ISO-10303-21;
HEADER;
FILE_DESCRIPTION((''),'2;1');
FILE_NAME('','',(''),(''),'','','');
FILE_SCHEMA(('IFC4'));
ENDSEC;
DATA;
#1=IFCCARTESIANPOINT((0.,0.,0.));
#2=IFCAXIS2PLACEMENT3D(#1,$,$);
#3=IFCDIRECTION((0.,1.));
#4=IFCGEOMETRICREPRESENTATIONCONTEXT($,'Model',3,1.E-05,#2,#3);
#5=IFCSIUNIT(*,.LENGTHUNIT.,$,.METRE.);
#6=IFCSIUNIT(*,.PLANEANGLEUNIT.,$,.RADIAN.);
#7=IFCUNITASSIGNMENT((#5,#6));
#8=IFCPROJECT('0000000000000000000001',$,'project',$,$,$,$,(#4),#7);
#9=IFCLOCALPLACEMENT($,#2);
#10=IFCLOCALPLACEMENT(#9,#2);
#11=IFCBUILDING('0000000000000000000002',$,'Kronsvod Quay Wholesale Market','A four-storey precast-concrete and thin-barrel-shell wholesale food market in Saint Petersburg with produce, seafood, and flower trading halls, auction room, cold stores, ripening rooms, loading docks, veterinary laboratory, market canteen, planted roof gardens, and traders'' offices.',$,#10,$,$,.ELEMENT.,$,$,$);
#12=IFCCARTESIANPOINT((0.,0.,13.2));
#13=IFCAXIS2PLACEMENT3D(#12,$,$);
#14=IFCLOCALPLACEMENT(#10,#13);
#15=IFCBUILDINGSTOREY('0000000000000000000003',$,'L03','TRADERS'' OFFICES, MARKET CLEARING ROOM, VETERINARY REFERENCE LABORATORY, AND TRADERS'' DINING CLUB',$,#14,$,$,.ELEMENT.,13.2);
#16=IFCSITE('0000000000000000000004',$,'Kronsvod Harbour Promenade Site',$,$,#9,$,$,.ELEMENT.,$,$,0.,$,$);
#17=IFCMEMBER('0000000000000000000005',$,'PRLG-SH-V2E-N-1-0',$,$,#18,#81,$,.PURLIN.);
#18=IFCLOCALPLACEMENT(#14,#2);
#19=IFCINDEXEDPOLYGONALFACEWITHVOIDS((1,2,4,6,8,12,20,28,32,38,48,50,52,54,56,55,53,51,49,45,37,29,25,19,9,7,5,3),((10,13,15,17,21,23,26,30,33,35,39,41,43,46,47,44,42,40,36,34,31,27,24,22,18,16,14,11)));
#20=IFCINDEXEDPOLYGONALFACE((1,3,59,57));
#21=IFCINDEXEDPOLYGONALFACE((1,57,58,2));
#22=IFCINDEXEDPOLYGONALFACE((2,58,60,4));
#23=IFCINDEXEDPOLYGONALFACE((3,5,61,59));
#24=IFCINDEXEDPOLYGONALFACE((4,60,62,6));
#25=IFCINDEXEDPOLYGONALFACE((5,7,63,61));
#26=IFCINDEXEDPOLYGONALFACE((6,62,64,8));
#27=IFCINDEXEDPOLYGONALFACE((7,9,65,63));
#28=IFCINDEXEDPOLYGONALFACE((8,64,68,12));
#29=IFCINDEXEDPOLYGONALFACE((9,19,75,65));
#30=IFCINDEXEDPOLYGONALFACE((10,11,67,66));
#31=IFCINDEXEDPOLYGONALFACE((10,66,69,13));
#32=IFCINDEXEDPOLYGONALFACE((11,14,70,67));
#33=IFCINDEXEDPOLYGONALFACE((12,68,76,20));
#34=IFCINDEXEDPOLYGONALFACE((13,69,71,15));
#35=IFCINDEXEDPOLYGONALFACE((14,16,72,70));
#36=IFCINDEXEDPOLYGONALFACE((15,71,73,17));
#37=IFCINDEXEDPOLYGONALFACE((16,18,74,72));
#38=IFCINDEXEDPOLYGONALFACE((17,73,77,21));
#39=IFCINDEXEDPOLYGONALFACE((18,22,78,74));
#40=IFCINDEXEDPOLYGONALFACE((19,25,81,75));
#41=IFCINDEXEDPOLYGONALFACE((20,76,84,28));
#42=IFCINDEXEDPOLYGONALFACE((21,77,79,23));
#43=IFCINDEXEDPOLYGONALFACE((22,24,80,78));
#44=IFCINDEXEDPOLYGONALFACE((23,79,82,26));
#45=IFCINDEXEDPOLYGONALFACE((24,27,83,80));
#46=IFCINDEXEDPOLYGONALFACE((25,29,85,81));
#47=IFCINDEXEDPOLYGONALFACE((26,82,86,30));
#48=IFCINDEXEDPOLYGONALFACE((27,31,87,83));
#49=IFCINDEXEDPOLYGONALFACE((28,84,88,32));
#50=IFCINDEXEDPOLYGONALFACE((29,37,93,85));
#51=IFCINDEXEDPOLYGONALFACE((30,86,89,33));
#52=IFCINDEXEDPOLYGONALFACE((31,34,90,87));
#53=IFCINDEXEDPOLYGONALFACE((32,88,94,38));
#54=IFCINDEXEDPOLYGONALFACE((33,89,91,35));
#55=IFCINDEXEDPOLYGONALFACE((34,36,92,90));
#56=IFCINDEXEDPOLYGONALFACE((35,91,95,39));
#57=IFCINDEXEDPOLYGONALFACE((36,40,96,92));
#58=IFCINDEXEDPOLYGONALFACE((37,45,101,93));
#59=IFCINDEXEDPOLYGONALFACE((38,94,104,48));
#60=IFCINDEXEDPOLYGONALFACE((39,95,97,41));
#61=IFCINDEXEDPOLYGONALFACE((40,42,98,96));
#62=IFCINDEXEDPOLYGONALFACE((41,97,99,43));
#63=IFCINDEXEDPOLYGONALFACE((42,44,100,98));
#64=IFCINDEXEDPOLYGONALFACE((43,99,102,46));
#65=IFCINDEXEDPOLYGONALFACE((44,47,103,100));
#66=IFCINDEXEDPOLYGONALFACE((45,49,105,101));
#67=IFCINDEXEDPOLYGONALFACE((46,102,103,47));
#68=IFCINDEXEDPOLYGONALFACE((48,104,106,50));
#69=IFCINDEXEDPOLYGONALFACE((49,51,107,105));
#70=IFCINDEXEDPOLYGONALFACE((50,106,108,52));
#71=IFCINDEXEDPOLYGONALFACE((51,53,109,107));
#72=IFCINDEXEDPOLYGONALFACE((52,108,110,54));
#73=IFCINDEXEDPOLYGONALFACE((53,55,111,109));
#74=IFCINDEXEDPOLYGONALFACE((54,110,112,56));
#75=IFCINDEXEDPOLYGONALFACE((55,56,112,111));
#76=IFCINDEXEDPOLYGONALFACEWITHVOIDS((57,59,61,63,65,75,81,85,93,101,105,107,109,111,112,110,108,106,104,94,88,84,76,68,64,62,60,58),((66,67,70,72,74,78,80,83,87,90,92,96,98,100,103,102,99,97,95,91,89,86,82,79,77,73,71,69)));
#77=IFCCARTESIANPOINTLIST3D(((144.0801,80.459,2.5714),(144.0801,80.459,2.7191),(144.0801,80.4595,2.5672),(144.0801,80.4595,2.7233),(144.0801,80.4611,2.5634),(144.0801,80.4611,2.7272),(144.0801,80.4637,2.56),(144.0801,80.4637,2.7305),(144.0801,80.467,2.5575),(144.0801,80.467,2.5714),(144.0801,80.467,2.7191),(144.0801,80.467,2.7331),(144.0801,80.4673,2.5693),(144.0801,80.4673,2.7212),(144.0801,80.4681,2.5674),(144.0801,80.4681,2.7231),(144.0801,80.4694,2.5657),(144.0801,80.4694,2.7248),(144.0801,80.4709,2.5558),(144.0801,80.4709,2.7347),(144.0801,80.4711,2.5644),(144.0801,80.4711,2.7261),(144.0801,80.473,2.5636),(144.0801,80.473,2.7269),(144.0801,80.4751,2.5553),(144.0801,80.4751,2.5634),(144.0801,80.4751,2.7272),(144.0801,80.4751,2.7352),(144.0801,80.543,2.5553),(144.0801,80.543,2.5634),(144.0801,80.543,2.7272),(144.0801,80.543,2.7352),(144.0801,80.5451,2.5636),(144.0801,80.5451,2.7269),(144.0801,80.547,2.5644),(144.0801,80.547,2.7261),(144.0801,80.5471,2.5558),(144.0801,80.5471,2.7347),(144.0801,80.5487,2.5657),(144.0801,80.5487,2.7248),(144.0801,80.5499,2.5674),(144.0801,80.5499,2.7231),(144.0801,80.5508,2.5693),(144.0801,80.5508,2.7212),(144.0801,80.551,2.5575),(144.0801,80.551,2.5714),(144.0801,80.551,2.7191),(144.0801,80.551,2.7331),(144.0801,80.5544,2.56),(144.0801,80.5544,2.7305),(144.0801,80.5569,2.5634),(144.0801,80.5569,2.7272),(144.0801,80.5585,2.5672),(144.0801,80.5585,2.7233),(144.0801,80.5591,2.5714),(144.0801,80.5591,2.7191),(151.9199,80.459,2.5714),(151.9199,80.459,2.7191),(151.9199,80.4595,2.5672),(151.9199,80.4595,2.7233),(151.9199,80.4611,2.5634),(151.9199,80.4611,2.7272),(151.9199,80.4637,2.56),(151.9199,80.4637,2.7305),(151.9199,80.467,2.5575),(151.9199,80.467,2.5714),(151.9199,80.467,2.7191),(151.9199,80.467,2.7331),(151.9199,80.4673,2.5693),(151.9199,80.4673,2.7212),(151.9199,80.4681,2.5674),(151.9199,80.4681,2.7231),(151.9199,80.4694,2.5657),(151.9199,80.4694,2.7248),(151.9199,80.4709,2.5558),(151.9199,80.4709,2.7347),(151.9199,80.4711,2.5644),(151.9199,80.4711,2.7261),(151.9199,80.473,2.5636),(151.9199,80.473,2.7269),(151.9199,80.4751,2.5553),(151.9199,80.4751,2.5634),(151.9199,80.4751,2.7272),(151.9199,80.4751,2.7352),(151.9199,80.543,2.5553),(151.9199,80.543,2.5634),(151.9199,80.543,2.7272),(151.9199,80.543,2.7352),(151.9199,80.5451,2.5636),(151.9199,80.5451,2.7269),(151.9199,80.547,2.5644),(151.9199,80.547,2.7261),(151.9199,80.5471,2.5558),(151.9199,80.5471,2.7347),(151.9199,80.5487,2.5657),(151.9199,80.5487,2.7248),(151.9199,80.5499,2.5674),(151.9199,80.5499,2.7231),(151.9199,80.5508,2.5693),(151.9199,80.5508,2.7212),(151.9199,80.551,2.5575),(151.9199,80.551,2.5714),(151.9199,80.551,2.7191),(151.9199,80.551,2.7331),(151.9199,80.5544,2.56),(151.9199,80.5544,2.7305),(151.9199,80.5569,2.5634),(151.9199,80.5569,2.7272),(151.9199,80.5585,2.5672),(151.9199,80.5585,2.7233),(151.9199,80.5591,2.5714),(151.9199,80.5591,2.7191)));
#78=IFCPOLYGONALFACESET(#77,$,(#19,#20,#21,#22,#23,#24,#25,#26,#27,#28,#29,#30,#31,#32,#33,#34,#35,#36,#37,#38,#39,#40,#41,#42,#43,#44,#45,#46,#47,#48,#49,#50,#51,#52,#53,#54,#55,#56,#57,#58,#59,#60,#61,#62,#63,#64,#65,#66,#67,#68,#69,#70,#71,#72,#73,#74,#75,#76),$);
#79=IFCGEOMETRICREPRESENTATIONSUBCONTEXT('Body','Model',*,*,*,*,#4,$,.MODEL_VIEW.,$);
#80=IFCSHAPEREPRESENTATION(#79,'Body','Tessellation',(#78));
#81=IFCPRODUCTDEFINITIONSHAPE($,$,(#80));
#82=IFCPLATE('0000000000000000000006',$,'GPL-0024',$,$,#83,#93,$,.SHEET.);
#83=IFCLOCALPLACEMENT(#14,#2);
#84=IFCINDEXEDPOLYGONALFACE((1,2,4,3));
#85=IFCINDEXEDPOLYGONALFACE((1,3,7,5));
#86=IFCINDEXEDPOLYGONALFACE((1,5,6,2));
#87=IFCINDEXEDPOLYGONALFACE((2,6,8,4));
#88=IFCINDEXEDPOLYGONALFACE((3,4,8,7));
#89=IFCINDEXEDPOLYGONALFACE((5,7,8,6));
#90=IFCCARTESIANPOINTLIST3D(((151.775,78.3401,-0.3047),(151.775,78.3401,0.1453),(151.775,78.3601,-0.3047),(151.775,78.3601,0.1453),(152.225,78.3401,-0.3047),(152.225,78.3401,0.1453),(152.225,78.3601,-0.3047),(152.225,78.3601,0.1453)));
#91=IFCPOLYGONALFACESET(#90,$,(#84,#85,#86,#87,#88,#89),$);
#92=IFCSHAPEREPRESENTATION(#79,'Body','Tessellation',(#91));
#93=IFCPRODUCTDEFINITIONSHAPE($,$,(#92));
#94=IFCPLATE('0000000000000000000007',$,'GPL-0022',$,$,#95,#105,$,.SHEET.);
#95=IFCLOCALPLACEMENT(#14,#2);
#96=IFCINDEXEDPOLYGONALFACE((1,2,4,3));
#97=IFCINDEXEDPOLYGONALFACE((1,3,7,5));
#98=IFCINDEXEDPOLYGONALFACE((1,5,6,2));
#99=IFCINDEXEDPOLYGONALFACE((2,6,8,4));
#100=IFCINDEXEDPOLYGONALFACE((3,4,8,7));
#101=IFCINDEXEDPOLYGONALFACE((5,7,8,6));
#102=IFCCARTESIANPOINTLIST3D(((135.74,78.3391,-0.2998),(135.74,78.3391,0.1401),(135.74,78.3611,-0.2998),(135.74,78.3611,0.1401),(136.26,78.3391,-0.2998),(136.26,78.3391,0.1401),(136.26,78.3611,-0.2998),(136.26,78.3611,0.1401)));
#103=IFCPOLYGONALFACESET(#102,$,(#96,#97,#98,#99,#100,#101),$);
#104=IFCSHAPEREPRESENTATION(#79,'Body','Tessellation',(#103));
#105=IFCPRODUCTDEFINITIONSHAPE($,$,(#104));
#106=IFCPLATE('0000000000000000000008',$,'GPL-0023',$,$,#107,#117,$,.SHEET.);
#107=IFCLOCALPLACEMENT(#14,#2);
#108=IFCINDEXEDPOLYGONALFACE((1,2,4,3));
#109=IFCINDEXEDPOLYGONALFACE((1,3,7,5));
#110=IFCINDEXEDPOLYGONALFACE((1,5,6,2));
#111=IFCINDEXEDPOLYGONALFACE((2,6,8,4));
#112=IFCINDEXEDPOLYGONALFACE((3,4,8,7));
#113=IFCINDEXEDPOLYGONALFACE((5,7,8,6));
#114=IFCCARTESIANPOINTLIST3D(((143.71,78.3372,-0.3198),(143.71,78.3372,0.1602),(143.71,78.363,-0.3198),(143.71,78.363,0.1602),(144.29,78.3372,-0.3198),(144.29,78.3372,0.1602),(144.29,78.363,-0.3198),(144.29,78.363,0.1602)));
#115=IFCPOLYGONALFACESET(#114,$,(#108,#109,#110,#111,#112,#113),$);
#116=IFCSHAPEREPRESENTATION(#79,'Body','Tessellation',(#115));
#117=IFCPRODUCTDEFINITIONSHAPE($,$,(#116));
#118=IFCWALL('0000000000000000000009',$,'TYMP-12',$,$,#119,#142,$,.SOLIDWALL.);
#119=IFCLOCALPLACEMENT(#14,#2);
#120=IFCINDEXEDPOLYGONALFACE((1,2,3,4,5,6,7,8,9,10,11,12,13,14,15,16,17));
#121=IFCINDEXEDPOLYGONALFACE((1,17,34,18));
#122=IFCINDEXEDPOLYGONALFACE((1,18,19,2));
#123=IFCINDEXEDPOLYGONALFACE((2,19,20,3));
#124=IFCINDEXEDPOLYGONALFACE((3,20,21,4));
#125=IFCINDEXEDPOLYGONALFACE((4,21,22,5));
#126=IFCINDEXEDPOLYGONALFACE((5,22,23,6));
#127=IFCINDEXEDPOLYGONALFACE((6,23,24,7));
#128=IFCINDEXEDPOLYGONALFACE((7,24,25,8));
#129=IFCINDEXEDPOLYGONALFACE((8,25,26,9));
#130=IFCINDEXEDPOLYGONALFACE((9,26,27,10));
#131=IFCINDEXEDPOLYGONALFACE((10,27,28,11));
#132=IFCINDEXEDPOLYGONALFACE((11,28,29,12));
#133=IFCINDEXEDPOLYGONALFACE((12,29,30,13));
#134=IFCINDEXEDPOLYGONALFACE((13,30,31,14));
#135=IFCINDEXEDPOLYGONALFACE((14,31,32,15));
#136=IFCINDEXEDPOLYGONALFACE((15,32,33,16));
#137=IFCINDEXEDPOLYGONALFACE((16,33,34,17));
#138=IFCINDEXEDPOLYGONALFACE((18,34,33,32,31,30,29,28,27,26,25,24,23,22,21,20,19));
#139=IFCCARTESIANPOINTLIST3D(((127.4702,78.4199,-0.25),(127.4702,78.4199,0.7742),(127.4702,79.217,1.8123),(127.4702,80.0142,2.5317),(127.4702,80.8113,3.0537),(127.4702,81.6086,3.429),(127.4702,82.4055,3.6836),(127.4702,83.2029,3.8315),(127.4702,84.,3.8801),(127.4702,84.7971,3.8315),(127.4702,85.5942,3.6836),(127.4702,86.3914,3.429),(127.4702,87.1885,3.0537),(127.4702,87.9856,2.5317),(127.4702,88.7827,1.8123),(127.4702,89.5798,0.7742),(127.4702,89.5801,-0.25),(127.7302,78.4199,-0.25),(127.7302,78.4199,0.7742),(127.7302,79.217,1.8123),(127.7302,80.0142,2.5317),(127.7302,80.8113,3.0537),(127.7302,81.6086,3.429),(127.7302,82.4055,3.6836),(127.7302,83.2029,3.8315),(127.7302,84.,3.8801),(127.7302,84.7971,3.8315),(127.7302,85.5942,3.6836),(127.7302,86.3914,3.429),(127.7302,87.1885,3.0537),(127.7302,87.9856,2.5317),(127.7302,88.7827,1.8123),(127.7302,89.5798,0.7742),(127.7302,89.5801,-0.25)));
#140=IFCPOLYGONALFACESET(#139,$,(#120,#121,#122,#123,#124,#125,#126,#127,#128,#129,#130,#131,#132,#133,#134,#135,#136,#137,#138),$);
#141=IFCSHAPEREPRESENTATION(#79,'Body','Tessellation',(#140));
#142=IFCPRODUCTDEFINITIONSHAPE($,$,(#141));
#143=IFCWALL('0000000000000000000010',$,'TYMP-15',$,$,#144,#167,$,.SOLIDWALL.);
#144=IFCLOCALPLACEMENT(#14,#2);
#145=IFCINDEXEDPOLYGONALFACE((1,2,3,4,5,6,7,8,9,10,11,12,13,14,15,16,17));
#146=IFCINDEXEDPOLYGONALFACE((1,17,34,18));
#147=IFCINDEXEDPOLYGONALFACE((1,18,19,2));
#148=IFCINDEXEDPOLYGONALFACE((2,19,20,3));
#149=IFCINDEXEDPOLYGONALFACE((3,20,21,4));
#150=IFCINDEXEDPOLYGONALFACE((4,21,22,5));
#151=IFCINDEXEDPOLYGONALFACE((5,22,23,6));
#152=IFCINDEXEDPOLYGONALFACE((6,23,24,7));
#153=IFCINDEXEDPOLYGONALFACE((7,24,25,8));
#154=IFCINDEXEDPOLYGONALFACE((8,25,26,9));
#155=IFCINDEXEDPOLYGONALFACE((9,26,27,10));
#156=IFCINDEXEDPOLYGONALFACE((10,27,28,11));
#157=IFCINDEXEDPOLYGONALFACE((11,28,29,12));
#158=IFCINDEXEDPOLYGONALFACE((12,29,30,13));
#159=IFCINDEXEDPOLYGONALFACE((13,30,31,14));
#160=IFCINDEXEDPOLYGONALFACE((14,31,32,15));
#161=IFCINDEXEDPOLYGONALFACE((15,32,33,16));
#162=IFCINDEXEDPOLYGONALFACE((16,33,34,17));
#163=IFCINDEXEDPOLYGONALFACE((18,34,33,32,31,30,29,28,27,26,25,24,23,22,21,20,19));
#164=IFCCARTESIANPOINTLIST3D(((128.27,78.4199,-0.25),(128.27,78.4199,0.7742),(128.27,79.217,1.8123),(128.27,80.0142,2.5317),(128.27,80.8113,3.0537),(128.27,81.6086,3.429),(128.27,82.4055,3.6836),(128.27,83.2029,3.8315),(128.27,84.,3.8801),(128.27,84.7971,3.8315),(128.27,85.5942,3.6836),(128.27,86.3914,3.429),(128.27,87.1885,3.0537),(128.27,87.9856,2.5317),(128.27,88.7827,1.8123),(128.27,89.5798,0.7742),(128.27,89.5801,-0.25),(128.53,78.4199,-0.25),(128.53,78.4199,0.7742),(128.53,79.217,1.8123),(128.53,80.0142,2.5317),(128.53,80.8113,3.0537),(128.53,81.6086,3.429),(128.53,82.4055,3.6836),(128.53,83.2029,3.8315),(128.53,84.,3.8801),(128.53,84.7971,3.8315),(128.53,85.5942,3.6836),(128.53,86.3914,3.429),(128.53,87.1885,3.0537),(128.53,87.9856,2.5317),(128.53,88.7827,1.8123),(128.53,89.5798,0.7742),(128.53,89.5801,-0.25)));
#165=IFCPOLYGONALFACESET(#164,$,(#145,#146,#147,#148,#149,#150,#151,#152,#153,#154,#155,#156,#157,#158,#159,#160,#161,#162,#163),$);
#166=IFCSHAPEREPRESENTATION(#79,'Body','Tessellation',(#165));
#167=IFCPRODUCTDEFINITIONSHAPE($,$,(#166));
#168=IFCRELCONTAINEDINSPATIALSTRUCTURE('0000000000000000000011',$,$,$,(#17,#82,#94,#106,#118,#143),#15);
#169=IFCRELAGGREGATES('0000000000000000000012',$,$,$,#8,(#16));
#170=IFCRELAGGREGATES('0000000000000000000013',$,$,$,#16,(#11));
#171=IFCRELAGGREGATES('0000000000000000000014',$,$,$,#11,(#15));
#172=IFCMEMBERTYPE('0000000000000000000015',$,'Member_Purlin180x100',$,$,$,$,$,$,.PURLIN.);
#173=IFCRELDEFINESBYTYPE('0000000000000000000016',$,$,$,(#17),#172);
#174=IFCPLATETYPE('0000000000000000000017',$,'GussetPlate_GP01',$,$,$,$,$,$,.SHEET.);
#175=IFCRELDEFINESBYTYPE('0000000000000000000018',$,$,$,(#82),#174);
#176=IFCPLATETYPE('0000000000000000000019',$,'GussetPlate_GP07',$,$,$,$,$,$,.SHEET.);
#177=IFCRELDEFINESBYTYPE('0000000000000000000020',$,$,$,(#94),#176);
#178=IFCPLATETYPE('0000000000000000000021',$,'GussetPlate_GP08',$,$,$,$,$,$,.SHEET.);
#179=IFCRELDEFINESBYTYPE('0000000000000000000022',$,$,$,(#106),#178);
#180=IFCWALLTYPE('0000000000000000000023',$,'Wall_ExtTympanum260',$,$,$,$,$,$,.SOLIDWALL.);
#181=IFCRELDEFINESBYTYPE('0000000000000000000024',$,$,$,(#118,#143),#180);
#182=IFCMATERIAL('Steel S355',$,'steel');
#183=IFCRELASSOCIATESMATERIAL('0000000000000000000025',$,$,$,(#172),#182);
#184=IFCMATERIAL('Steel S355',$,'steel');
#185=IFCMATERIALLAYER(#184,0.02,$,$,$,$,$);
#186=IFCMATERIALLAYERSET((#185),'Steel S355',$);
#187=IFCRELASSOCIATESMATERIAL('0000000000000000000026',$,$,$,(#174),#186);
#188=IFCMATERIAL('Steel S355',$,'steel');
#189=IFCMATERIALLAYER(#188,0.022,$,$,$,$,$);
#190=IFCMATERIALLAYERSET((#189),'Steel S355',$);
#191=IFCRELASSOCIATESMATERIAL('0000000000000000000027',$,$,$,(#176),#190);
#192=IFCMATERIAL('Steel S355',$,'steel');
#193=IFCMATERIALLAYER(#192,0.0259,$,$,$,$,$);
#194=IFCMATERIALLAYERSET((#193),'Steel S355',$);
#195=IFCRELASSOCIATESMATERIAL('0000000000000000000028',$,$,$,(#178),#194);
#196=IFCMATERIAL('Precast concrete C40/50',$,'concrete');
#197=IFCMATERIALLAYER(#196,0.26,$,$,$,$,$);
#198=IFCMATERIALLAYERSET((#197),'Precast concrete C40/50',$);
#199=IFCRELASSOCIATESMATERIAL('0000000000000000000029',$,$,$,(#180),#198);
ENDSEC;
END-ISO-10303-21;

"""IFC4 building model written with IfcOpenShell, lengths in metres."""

from ifc_helpers import new_model, si_unit, direction, frame, origin, origin_2d, place, context, subcontext, project, spatial, polyline, rectangle, hollow_rectangle, outline, extrude, material, layer, layer_set, material_profile, profile_set, type_object, element, save


model = new_model("IFC4")

# Units and contexts
model_context = context("Model", 3, precision=1e-05, world=origin(), true_north=direction((0.0, 1.0)))
body_context = subcontext(model_context, "Body", "Model", "MODEL_VIEW")
ifc_project = project(units=[si_unit("LENGTHUNIT", "METRE"), si_unit("PLANEANGLEUNIT", "RADIAN")], contexts=[model_context])

# Site, building, storey
site_placement = place(None, origin())
site = spatial("IfcSite", under=ifc_project, at=site_placement, Name="Kronsvod Harbour Promenade Site", CompositionType="ELEMENT", RefElevation=0.0)
building_placement = place(site_placement, origin())
building = spatial("IfcBuilding", under=site, at=building_placement, Name="Kronsvod Quay Wholesale Market", Description="A four-storey precast-concrete and thin-barrel-shell wholesale food market in Saint Petersburg with produce, seafood, and flower trading halls, auction room, cold stores, ripening rooms, loading docks, veterinary laboratory, market canteen, planted roof gardens, and traders' offices.", CompositionType="ELEMENT")
storey_placement = place(building_placement, frame((0.0, 0.0, 13.2)))
storey = spatial("IfcBuildingStorey", under=building, at=storey_placement, Name="L03", Description="TRADERS' OFFICES, MARKET CLEARING ROOM, VETERINARY REFERENCE LABORATORY, AND TRADERS' DINING CLUB", CompositionType="ELEMENT", Elevation=13.2)

# Member
ifc_material_1 = material(Name="Steel S355", Category="steel")
ifc_material_profile_1 = material_profile(ifc_material_1, hollow_rectangle(XDim=0.1001, YDim=0.1799, WallThickness=0.0081, InnerFilletRadius=0.0081, OuterFilletRadius=0.0161, at=origin_2d()), Name="RHS180x100x8")
ifc_profile_set_1 = profile_set([ifc_material_profile_1], Name="Steel S355")
member_type_1 = type_object("IfcMemberType", Name="Member_Purlin180x100", PredefinedType="PURLIN", material=ifc_profile_set_1)
for number, where, z_axis, x_axis, name in (
    (1, (144.0801, 80.509, 2.6453), (1.0, 0.0, 0.0), (0.0, 1.0, 0.0), "PRLG-SH-V2E-N-1-0"),
):
    element("IfcMember", number, at=place(storey_placement, frame(where, z_axis=z_axis, x_axis=x_axis)), inside=storey, type_object=member_type_1, Name=name, PredefinedType="PURLIN", context=body_context, shape_type="SweptSolid", body=[
        extrude(hollow_rectangle(XDim=0.1001, YDim=0.1799, WallThickness=0.0081, InnerFilletRadius=0.0081, OuterFilletRadius=0.0161, at=origin_2d()), origin(), (0.0, 0.0, 1.0), 7.8398),
    ])

# Plates
ifc_material_2 = material(Name="Steel S355", Category="steel")
ifc_layer_1 = layer(ifc_material_2, 0.02)
ifc_layer_set_1 = layer_set([ifc_layer_1], Name="Steel S355")
plate_type_1 = type_object("IfcPlateType", Name="GussetPlate_GP01", PredefinedType="SHEET", material=ifc_layer_set_1)
plate_1_placement = place(storey_placement, frame((152.0, 78.3501, -0.3047), z_axis=(0.0, 0.0, 1.0), x_axis=(1.0, 0.0, 0.0)))
element("IfcPlate", 2, at=plate_1_placement, inside=storey, type_object=plate_type_1, Name="GPL-0024", PredefinedType="SHEET", context=body_context, shape_type="SweptSolid", body=[
    extrude(rectangle(XDim=0.45, YDim=0.02, at=origin_2d()), origin(), (0.0, 0.0, 1.0), 0.45),
])
ifc_material_3 = material(Name="Steel S355", Category="steel")
ifc_layer_2 = layer(ifc_material_3, 0.022)
ifc_layer_set_2 = layer_set([ifc_layer_2], Name="Steel S355")
plate_type_2 = type_object("IfcPlateType", Name="GussetPlate_GP07", PredefinedType="SHEET", material=ifc_layer_set_2)
plate_2_placement = place(storey_placement, frame((136.0, 78.3501, -0.2998), z_axis=(0.0, 0.0, 1.0), x_axis=(1.0, 0.0, 0.0)))
element("IfcPlate", 3, at=plate_2_placement, inside=storey, type_object=plate_type_2, Name="GPL-0022", PredefinedType="SHEET", context=body_context, shape_type="SweptSolid", body=[
    extrude(rectangle(XDim=0.52, YDim=0.022, at=origin_2d()), origin(), (0.0, 0.0, 1.0), 0.4399),
])
ifc_material_4 = material(Name="Steel S355", Category="steel")
ifc_layer_3 = layer(ifc_material_4, 0.0259)
ifc_layer_set_3 = layer_set([ifc_layer_3], Name="Steel S355")
plate_type_3 = type_object("IfcPlateType", Name="GussetPlate_GP08", PredefinedType="SHEET", material=ifc_layer_set_3)
plate_3_placement = place(storey_placement, frame((144.0, 78.3501, -0.3198), z_axis=(0.0, 0.0, 1.0), x_axis=(1.0, 0.0, 0.0)))
element("IfcPlate", 4, at=plate_3_placement, inside=storey, type_object=plate_type_3, Name="GPL-0023", PredefinedType="SHEET", context=body_context, shape_type="SweptSolid", body=[
    extrude(rectangle(XDim=0.5801, YDim=0.0259, at=origin_2d()), origin(), (0.0, 0.0, 1.0), 0.48),
])

# Walls
ifc_material_5 = material(Name="Precast concrete C40/50", Category="concrete")
ifc_layer_4 = layer(ifc_material_5, 0.26)
ifc_layer_set_4 = layer_set([ifc_layer_4], Name="Precast concrete C40/50")
wall_type = type_object("IfcWallType", Name="Wall_ExtTympanum260", PredefinedType="SOLIDWALL", material=ifc_layer_set_4)
for number, where, z_axis, x_axis, name in (
    (5, (127.6001, 78.4199, -0.25), (0.0, 0.0, 1.0), (0.0, 1.0, 0.0), "TYMP-12"),
    (6, (128.3999, 78.4199, -0.25), (0.0, 0.0, 1.0), (0.0, 1.0, 0.0), "TYMP-15"),
):
    element("IfcWall", number, at=place(storey_placement, frame(where, z_axis=z_axis, x_axis=x_axis)), inside=storey, type_object=wall_type, Name=name, PredefinedType="SOLIDWALL", context=body_context, shape_type="SweptSolid", body=[
        extrude(outline(polyline([(0.0, 0.0), (11.1602, 0.0), (11.1599, 1.0242), (10.3628, 2.0623), (9.5657, 2.7817), (8.7686, 3.3037), (7.9714, 3.679), (7.1743, 3.9336), (6.3772, 4.0815), (5.5801, 4.1301), (4.783, 4.0815), (3.9856, 3.9336), (3.1887, 3.679), (2.3914, 3.3037), (1.5942, 2.7817), (0.7971, 2.0623), (0.0, 1.0242), (0.0, 0.0)])), frame((0.0, 0.1299, 0.0), z_axis=(0.0, -1.0, 0.0), x_axis=(1.0, 0.0, 0.0)), (0.0, 0.0, 1.0), 0.26),
    ])

save(model, "model.ifc")
